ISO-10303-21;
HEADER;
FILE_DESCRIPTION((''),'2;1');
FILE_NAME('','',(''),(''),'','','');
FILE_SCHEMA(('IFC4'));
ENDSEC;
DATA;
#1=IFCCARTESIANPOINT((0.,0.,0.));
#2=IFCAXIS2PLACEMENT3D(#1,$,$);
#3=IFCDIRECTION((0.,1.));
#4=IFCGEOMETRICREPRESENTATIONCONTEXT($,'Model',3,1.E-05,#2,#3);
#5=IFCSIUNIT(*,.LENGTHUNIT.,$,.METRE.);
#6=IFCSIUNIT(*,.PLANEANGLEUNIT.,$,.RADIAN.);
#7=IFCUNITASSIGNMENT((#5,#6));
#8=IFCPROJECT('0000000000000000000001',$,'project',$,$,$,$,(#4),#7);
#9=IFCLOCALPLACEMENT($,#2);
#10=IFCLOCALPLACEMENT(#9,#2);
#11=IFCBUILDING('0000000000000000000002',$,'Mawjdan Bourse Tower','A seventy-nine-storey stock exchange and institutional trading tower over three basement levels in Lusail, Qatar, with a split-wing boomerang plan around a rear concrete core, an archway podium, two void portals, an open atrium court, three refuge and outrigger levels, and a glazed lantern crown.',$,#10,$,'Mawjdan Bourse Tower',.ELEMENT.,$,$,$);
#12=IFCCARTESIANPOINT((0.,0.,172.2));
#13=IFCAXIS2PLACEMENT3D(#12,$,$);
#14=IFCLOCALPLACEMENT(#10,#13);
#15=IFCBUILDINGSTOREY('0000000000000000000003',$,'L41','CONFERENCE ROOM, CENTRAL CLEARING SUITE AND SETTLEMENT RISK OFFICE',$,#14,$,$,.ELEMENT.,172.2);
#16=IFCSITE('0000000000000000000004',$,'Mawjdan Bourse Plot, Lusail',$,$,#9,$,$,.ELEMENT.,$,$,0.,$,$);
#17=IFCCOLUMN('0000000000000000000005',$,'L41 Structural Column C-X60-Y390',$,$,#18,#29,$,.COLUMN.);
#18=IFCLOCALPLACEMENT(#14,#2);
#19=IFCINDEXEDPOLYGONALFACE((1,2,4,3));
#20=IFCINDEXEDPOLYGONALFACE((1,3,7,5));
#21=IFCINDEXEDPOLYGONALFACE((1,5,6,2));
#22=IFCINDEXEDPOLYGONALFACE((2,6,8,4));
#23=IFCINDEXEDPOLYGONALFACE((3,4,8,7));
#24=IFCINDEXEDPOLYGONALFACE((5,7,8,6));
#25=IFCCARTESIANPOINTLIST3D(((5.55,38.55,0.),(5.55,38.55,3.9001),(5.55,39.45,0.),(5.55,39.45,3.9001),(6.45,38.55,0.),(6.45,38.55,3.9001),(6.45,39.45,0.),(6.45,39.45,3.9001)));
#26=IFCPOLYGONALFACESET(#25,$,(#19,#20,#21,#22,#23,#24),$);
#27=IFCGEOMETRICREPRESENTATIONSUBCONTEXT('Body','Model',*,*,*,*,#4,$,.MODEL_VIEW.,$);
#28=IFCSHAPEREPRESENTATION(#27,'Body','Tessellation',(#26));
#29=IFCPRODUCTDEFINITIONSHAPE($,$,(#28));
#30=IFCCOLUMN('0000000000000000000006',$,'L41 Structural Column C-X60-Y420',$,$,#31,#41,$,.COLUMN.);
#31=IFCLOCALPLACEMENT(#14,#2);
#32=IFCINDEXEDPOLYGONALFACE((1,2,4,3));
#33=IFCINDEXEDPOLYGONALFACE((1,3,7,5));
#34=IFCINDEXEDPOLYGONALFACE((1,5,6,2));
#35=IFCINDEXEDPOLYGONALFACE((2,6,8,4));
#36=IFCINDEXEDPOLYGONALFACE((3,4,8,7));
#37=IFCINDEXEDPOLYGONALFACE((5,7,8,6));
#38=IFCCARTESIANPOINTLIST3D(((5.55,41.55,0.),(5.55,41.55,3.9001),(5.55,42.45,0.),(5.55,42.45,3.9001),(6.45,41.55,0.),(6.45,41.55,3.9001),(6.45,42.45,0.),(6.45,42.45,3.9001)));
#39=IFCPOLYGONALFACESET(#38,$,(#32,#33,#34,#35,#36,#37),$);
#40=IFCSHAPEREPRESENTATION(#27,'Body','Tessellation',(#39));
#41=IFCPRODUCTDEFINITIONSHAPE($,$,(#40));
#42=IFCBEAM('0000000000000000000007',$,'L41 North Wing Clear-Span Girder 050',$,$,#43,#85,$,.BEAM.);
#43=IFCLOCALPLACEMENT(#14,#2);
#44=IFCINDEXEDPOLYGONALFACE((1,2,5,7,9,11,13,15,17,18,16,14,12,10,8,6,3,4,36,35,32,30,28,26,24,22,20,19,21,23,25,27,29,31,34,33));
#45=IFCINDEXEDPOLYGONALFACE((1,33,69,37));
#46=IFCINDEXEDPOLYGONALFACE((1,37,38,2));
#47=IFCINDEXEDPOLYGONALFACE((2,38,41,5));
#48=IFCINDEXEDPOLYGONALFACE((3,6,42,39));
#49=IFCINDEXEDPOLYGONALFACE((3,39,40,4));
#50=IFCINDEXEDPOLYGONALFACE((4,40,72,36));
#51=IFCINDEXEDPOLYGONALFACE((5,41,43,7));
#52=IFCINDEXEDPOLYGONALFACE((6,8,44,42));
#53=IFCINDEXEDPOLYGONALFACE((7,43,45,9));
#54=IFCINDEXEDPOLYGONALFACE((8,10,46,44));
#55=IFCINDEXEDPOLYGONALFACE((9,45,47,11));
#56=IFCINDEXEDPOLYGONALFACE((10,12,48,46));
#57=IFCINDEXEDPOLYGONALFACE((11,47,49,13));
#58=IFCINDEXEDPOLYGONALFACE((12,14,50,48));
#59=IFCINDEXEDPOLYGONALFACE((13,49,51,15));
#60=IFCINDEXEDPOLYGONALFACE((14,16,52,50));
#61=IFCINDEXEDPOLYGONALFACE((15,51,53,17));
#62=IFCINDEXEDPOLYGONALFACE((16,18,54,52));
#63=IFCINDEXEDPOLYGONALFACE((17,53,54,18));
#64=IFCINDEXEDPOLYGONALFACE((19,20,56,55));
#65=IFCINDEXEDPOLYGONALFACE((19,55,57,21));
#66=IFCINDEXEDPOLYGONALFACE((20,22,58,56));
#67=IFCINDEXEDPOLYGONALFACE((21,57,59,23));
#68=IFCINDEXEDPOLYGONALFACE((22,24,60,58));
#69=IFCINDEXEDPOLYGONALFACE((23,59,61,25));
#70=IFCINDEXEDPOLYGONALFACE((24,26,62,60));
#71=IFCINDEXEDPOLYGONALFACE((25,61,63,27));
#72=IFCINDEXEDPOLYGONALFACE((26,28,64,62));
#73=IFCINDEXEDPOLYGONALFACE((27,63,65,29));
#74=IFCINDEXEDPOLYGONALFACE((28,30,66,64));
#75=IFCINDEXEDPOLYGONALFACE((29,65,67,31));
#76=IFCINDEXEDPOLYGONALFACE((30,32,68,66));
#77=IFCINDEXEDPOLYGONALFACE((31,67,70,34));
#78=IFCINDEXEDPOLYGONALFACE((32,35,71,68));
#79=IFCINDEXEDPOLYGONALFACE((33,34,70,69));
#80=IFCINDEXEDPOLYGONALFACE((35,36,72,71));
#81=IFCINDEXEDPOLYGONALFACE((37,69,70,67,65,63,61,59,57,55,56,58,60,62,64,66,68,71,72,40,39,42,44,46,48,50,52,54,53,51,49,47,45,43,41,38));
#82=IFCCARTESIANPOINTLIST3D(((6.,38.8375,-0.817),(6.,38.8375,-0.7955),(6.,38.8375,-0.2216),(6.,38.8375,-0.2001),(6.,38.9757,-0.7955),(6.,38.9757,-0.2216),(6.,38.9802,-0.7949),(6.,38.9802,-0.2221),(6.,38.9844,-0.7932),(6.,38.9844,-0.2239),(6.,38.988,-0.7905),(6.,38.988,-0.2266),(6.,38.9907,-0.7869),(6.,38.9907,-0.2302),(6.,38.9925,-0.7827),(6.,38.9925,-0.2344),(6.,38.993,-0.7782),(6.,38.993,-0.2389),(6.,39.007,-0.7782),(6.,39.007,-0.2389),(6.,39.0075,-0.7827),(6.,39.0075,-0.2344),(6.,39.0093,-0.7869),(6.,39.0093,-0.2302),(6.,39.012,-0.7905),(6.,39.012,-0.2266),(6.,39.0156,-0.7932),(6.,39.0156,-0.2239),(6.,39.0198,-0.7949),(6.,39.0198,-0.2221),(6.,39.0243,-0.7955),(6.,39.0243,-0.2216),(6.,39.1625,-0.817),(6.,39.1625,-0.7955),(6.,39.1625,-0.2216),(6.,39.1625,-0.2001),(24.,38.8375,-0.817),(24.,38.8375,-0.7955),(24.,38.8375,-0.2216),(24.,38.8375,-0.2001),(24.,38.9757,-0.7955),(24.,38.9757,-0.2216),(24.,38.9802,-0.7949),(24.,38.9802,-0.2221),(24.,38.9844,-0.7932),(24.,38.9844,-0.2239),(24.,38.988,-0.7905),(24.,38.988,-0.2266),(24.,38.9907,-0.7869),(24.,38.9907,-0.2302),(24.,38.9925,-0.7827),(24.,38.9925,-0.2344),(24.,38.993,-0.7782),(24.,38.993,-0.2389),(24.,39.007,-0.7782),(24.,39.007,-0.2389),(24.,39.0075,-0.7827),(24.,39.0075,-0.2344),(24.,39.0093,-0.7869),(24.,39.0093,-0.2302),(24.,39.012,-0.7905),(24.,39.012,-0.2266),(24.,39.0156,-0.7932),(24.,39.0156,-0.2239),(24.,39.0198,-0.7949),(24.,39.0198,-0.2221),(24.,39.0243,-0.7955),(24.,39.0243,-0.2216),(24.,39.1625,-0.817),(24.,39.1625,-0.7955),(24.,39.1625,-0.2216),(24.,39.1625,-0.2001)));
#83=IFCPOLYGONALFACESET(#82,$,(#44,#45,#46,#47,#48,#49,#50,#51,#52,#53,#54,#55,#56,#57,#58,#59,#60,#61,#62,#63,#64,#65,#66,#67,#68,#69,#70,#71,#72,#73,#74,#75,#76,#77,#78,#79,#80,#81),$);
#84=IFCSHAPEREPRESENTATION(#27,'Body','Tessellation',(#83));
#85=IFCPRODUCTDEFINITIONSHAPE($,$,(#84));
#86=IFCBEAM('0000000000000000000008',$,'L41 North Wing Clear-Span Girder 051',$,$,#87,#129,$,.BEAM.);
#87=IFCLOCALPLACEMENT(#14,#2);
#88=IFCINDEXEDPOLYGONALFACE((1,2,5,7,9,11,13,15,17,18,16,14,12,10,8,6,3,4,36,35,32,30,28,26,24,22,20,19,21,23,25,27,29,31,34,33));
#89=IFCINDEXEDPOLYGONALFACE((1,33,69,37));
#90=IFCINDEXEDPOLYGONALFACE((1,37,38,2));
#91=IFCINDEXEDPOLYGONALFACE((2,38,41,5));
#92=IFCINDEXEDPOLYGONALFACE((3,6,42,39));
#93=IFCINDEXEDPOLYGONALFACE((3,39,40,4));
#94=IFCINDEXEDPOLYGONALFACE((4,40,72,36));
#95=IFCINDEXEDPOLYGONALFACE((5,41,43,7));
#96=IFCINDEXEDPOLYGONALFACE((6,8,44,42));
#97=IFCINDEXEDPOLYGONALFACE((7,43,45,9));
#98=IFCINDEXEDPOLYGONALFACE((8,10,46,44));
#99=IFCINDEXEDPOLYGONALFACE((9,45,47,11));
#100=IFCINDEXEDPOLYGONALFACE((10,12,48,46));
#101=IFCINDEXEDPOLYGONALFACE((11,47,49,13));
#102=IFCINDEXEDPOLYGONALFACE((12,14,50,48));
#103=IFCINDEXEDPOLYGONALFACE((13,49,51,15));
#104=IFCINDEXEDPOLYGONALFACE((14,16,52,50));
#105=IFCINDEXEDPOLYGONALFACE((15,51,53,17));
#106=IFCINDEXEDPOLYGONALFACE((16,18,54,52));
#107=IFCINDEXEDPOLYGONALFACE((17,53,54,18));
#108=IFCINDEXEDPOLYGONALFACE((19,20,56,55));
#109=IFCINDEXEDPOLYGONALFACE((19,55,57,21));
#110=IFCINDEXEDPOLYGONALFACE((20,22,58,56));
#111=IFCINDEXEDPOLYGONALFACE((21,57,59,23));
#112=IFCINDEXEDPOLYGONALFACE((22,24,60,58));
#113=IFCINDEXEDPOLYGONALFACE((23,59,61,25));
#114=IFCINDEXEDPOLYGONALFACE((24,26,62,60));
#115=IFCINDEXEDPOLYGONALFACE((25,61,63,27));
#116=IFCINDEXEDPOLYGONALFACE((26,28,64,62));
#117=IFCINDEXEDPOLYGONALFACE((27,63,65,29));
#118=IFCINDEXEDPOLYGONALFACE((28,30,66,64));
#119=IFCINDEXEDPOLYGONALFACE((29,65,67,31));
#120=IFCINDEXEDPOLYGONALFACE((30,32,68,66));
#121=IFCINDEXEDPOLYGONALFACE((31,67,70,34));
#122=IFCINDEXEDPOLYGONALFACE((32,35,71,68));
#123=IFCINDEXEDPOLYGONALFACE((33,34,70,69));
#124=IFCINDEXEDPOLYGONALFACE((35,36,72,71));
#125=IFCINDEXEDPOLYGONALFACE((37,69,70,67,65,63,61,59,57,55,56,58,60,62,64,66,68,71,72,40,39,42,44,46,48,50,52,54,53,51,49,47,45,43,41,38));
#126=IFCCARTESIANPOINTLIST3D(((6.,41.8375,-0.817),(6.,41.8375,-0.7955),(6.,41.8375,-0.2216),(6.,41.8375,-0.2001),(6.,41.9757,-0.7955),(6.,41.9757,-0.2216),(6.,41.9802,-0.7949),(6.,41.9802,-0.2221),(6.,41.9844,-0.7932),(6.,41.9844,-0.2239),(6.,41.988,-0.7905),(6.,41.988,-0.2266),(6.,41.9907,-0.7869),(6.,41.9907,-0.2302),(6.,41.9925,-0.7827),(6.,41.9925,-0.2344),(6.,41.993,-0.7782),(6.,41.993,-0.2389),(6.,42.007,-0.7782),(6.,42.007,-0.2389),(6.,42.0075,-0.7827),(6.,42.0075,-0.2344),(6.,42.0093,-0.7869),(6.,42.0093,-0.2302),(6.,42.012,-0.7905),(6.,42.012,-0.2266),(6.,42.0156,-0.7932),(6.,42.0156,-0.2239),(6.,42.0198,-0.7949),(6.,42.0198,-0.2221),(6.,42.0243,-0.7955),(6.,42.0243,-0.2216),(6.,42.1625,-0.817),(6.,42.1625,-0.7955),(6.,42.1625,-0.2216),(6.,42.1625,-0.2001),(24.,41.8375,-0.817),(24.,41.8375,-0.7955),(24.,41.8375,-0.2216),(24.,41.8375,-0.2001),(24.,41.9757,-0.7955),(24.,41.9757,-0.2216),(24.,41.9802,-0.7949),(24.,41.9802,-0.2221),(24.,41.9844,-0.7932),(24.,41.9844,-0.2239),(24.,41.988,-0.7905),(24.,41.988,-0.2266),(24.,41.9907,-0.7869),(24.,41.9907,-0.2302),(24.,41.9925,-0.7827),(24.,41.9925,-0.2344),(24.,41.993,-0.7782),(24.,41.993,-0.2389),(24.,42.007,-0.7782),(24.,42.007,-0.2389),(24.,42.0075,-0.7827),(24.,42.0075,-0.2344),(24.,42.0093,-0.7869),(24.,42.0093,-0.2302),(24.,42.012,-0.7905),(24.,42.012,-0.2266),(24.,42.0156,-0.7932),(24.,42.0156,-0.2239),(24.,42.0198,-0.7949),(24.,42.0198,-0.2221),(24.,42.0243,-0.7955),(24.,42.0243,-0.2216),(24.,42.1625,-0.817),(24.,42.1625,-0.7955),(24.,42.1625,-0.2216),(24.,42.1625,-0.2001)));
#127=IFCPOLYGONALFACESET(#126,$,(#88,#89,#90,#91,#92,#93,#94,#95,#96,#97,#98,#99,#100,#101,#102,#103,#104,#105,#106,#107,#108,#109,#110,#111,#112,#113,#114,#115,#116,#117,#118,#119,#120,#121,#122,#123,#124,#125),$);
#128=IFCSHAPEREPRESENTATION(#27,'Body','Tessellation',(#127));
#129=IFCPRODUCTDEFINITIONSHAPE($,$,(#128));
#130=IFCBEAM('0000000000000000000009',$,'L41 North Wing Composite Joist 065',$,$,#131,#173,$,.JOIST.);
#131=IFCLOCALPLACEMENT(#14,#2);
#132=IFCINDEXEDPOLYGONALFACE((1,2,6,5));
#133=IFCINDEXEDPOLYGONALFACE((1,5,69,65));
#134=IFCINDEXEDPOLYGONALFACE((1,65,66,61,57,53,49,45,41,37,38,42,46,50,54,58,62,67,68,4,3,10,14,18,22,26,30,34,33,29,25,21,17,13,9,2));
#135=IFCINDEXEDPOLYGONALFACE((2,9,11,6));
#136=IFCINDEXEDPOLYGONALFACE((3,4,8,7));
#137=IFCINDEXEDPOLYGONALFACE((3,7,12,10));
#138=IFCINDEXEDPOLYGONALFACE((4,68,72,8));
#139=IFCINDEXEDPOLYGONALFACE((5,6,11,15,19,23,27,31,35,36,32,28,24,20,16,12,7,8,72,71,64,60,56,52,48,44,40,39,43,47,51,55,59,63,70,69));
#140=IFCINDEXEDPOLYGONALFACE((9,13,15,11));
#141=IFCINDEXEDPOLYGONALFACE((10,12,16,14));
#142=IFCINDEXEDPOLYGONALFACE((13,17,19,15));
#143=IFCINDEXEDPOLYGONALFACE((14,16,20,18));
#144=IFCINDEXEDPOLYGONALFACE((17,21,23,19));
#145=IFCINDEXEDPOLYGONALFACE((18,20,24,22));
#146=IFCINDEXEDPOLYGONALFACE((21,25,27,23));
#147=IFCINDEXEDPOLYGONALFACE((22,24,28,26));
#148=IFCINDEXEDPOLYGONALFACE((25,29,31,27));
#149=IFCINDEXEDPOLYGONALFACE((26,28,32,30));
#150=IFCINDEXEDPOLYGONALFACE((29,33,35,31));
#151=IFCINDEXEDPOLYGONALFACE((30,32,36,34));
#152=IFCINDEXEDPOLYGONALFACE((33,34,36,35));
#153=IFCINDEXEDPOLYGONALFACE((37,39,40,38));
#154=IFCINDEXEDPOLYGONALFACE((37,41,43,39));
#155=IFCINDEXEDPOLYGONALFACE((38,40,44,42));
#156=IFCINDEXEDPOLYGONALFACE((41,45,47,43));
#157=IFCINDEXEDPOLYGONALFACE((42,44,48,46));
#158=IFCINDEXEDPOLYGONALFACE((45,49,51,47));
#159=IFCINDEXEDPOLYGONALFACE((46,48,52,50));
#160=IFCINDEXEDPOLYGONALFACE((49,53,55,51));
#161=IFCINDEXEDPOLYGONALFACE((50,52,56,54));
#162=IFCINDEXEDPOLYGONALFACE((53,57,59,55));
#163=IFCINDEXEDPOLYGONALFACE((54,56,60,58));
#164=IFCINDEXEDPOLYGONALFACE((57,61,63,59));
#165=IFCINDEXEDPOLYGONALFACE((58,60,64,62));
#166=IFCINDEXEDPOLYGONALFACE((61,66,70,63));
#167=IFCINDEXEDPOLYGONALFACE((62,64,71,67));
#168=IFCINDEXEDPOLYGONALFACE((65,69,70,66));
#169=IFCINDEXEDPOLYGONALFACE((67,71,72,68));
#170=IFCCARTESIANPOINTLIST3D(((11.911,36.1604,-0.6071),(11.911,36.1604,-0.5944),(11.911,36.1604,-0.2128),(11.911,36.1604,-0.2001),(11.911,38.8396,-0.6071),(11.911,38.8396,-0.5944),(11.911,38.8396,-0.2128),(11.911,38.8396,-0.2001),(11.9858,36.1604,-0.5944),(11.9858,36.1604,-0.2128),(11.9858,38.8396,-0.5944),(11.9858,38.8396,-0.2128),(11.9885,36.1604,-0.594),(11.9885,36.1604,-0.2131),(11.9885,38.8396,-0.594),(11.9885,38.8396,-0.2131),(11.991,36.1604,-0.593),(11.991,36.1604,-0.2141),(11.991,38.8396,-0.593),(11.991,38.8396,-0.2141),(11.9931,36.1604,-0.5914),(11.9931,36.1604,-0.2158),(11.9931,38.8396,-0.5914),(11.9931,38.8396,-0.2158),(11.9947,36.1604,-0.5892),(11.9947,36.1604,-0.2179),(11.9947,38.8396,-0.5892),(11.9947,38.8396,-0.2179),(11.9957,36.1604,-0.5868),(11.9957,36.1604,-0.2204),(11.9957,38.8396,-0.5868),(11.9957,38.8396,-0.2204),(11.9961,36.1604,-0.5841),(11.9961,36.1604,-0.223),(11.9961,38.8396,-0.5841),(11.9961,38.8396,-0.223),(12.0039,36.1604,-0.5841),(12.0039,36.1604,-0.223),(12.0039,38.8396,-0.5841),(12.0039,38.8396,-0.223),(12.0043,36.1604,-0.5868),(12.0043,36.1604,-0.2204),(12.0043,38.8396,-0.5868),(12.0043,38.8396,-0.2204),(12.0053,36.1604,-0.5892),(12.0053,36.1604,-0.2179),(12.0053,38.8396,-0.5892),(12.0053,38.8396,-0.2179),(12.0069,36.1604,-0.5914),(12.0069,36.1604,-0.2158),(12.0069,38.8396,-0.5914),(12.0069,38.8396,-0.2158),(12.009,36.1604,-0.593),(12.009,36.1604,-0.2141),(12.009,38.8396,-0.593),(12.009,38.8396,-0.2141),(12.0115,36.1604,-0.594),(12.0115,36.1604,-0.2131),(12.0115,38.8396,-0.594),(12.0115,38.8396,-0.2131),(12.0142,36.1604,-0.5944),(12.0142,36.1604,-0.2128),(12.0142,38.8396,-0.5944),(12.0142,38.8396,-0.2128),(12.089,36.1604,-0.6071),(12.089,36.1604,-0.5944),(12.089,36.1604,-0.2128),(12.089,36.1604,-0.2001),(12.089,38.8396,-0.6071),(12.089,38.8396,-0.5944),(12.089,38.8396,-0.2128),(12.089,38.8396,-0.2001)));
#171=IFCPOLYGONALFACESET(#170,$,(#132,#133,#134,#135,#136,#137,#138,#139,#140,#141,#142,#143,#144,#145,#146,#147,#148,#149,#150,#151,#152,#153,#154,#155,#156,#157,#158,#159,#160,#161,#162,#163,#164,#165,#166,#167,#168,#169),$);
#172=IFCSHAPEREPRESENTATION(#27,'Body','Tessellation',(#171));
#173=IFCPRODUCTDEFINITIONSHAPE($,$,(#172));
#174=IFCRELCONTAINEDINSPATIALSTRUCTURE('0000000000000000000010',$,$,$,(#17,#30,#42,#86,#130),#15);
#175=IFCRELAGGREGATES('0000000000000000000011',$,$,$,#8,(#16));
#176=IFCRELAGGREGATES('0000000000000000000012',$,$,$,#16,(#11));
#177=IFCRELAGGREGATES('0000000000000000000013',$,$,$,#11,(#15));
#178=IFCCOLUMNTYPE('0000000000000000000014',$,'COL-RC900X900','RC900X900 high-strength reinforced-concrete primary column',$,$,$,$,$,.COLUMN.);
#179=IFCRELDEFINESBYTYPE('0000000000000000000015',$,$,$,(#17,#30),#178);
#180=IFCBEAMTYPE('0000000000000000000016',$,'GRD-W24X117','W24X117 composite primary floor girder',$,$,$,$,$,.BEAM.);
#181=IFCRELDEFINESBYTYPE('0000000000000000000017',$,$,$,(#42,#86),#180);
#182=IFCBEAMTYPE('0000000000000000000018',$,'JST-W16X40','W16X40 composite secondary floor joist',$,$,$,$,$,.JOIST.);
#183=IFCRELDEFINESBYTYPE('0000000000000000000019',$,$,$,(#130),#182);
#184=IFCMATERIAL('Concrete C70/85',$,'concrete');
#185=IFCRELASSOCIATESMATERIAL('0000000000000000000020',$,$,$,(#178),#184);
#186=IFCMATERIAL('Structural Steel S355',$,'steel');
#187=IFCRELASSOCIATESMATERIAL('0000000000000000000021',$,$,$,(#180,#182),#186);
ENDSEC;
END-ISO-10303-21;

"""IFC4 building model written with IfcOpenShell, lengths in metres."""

from ifc_helpers import new_model, si_unit, direction, frame, origin, origin_2d, place, context, subcontext, project, spatial, rectangle, i_section, extrude, material, material_profile, profile_set, type_object, element, save


model = new_model("IFC4")

# Units and contexts
model_context = context("Model", 3, precision=1e-05, world=origin(), true_north=direction((0.0, 1.0)))
body_context = subcontext(model_context, "Body", "Model", "MODEL_VIEW")
ifc_project = project(units=[si_unit("LENGTHUNIT", "METRE"), si_unit("PLANEANGLEUNIT", "RADIAN")], contexts=[model_context])

# Site, building, storey
site_placement = place(None, origin())
site = spatial("IfcSite", under=ifc_project, at=site_placement, Name="Mawjdan Bourse Plot, Lusail", CompositionType="ELEMENT", RefElevation=0.0)
building_placement = place(site_placement, origin())
building = spatial("IfcBuilding", under=site, at=building_placement, Name="Mawjdan Bourse Tower", Description="A seventy-nine-storey stock exchange and institutional trading tower over three basement levels in Lusail, Qatar, with a split-wing boomerang plan around a rear concrete core, an archway podium, two void portals, an open atrium court, three refuge and outrigger levels, and a glazed lantern crown.", LongName="Mawjdan Bourse Tower", CompositionType="ELEMENT")
storey_placement = place(building_placement, frame((0.0, 0.0, 172.2)))
storey = spatial("IfcBuildingStorey", under=building, at=storey_placement, Name="L41", Description="CONFERENCE ROOM, CENTRAL CLEARING SUITE AND SETTLEMENT RISK OFFICE", CompositionType="ELEMENT", Elevation=172.2)

# Columns
ifc_material_1 = material(Name="Concrete C70/85", Category="concrete")
ifc_material_profile_1 = material_profile(ifc_material_1, rectangle(XDim=0.8999, YDim=0.8999, at=origin_2d()), Name="RC900X900")
ifc_profile_set_1 = profile_set([ifc_material_profile_1], Name="Concrete C70/85")
column_type = type_object("IfcColumnType", Name="COL-RC900X900", Description="RC900X900 high-strength reinforced-concrete primary column", PredefinedType="COLUMN", material=ifc_profile_set_1)
for number, where, z_axis, x_axis, name in (
    (1, (6.0, 39.0, 0.0), (0.0, 0.0, 1.0), (1.0, 0.0, 0.0), "L41 Structural Column C-X60-Y390"),
    (2, (6.0, 42.0, 0.0), (0.0, 0.0, 1.0), (1.0, 0.0, 0.0), "L41 Structural Column C-X60-Y420"),
):
    element("IfcColumn", number, at=place(storey_placement, frame(where, z_axis=z_axis, x_axis=x_axis)), inside=storey, type_object=column_type, Name=name, PredefinedType="COLUMN", context=body_context, shape_type="SweptSolid", body=[
        extrude(rectangle(XDim=0.8999, YDim=0.8999, at=origin_2d()), origin(), (0.0, 0.0, 1.0), 3.9001),
    ])

# Beams
ifc_material_2 = material(Name="Structural Steel S355", Category="steel")
ifc_material_profile_2 = material_profile(ifc_material_2, i_section(OverallWidth=0.325, OverallDepth=0.6169, WebThickness=0.0139, FlangeThickness=0.0215, FilletRadius=0.0173, at=origin_2d()), Name="W24X117")
ifc_profile_set_2 = profile_set([ifc_material_profile_2], Name="Structural Steel S355")
beam_type_1 = type_object("IfcBeamType", Name="GRD-W24X117", Description="W24X117 composite primary floor girder", PredefinedType="BEAM", material=ifc_profile_set_2)
for number, where, z_axis, x_axis, name in (
    (3, (6.0, 39.0, -0.5085), (1.0, 0.0, 0.0), (0.0, 1.0, 0.0), "L41 North Wing Clear-Span Girder 050"),
    (4, (6.0, 42.0, -0.5085), (1.0, 0.0, 0.0), (0.0, 1.0, 0.0), "L41 North Wing Clear-Span Girder 051"),
):
    element("IfcBeam", number, at=place(storey_placement, frame(where, z_axis=z_axis, x_axis=x_axis)), inside=storey, type_object=beam_type_1, Name=name, PredefinedType="BEAM", context=body_context, shape_type="SweptSolid", body=[
        extrude(i_section(OverallWidth=0.325, OverallDepth=0.6169, WebThickness=0.0139, FlangeThickness=0.0215, FilletRadius=0.0173, at=origin_2d()), origin(), (0.0, 0.0, 1.0), 18.0),
    ])
ifc_material_profile_3 = material_profile(ifc_material_2, i_section(OverallWidth=0.178, OverallDepth=0.407, WebThickness=0.0078, FlangeThickness=0.0127, FilletRadius=0.0103, at=origin_2d()), Name="W16X40")
ifc_profile_set_3 = profile_set([ifc_material_profile_3], Name="Structural Steel S355")
beam_type_2 = type_object("IfcBeamType", Name="JST-W16X40", Description="W16X40 composite secondary floor joist", PredefinedType="JOIST", material=ifc_profile_set_3)
for number, where, z_axis, x_axis, name in (
    (5, (12.0, 36.1604, -0.4036), (0.0, 1.0, 0.0), (-1.0, 0.0, 0.0), "L41 North Wing Composite Joist 065"),
):
    element("IfcBeam", number, at=place(storey_placement, frame(where, z_axis=z_axis, x_axis=x_axis)), inside=storey, type_object=beam_type_2, Name=name, PredefinedType="JOIST", context=body_context, shape_type="SweptSolid", body=[
        extrude(i_section(OverallWidth=0.178, OverallDepth=0.407, WebThickness=0.0078, FlangeThickness=0.0127, FilletRadius=0.0103, at=origin_2d()), origin(), (0.0, 0.0, 1.0), 2.6792),
    ])

save(model, "model.ifc")
